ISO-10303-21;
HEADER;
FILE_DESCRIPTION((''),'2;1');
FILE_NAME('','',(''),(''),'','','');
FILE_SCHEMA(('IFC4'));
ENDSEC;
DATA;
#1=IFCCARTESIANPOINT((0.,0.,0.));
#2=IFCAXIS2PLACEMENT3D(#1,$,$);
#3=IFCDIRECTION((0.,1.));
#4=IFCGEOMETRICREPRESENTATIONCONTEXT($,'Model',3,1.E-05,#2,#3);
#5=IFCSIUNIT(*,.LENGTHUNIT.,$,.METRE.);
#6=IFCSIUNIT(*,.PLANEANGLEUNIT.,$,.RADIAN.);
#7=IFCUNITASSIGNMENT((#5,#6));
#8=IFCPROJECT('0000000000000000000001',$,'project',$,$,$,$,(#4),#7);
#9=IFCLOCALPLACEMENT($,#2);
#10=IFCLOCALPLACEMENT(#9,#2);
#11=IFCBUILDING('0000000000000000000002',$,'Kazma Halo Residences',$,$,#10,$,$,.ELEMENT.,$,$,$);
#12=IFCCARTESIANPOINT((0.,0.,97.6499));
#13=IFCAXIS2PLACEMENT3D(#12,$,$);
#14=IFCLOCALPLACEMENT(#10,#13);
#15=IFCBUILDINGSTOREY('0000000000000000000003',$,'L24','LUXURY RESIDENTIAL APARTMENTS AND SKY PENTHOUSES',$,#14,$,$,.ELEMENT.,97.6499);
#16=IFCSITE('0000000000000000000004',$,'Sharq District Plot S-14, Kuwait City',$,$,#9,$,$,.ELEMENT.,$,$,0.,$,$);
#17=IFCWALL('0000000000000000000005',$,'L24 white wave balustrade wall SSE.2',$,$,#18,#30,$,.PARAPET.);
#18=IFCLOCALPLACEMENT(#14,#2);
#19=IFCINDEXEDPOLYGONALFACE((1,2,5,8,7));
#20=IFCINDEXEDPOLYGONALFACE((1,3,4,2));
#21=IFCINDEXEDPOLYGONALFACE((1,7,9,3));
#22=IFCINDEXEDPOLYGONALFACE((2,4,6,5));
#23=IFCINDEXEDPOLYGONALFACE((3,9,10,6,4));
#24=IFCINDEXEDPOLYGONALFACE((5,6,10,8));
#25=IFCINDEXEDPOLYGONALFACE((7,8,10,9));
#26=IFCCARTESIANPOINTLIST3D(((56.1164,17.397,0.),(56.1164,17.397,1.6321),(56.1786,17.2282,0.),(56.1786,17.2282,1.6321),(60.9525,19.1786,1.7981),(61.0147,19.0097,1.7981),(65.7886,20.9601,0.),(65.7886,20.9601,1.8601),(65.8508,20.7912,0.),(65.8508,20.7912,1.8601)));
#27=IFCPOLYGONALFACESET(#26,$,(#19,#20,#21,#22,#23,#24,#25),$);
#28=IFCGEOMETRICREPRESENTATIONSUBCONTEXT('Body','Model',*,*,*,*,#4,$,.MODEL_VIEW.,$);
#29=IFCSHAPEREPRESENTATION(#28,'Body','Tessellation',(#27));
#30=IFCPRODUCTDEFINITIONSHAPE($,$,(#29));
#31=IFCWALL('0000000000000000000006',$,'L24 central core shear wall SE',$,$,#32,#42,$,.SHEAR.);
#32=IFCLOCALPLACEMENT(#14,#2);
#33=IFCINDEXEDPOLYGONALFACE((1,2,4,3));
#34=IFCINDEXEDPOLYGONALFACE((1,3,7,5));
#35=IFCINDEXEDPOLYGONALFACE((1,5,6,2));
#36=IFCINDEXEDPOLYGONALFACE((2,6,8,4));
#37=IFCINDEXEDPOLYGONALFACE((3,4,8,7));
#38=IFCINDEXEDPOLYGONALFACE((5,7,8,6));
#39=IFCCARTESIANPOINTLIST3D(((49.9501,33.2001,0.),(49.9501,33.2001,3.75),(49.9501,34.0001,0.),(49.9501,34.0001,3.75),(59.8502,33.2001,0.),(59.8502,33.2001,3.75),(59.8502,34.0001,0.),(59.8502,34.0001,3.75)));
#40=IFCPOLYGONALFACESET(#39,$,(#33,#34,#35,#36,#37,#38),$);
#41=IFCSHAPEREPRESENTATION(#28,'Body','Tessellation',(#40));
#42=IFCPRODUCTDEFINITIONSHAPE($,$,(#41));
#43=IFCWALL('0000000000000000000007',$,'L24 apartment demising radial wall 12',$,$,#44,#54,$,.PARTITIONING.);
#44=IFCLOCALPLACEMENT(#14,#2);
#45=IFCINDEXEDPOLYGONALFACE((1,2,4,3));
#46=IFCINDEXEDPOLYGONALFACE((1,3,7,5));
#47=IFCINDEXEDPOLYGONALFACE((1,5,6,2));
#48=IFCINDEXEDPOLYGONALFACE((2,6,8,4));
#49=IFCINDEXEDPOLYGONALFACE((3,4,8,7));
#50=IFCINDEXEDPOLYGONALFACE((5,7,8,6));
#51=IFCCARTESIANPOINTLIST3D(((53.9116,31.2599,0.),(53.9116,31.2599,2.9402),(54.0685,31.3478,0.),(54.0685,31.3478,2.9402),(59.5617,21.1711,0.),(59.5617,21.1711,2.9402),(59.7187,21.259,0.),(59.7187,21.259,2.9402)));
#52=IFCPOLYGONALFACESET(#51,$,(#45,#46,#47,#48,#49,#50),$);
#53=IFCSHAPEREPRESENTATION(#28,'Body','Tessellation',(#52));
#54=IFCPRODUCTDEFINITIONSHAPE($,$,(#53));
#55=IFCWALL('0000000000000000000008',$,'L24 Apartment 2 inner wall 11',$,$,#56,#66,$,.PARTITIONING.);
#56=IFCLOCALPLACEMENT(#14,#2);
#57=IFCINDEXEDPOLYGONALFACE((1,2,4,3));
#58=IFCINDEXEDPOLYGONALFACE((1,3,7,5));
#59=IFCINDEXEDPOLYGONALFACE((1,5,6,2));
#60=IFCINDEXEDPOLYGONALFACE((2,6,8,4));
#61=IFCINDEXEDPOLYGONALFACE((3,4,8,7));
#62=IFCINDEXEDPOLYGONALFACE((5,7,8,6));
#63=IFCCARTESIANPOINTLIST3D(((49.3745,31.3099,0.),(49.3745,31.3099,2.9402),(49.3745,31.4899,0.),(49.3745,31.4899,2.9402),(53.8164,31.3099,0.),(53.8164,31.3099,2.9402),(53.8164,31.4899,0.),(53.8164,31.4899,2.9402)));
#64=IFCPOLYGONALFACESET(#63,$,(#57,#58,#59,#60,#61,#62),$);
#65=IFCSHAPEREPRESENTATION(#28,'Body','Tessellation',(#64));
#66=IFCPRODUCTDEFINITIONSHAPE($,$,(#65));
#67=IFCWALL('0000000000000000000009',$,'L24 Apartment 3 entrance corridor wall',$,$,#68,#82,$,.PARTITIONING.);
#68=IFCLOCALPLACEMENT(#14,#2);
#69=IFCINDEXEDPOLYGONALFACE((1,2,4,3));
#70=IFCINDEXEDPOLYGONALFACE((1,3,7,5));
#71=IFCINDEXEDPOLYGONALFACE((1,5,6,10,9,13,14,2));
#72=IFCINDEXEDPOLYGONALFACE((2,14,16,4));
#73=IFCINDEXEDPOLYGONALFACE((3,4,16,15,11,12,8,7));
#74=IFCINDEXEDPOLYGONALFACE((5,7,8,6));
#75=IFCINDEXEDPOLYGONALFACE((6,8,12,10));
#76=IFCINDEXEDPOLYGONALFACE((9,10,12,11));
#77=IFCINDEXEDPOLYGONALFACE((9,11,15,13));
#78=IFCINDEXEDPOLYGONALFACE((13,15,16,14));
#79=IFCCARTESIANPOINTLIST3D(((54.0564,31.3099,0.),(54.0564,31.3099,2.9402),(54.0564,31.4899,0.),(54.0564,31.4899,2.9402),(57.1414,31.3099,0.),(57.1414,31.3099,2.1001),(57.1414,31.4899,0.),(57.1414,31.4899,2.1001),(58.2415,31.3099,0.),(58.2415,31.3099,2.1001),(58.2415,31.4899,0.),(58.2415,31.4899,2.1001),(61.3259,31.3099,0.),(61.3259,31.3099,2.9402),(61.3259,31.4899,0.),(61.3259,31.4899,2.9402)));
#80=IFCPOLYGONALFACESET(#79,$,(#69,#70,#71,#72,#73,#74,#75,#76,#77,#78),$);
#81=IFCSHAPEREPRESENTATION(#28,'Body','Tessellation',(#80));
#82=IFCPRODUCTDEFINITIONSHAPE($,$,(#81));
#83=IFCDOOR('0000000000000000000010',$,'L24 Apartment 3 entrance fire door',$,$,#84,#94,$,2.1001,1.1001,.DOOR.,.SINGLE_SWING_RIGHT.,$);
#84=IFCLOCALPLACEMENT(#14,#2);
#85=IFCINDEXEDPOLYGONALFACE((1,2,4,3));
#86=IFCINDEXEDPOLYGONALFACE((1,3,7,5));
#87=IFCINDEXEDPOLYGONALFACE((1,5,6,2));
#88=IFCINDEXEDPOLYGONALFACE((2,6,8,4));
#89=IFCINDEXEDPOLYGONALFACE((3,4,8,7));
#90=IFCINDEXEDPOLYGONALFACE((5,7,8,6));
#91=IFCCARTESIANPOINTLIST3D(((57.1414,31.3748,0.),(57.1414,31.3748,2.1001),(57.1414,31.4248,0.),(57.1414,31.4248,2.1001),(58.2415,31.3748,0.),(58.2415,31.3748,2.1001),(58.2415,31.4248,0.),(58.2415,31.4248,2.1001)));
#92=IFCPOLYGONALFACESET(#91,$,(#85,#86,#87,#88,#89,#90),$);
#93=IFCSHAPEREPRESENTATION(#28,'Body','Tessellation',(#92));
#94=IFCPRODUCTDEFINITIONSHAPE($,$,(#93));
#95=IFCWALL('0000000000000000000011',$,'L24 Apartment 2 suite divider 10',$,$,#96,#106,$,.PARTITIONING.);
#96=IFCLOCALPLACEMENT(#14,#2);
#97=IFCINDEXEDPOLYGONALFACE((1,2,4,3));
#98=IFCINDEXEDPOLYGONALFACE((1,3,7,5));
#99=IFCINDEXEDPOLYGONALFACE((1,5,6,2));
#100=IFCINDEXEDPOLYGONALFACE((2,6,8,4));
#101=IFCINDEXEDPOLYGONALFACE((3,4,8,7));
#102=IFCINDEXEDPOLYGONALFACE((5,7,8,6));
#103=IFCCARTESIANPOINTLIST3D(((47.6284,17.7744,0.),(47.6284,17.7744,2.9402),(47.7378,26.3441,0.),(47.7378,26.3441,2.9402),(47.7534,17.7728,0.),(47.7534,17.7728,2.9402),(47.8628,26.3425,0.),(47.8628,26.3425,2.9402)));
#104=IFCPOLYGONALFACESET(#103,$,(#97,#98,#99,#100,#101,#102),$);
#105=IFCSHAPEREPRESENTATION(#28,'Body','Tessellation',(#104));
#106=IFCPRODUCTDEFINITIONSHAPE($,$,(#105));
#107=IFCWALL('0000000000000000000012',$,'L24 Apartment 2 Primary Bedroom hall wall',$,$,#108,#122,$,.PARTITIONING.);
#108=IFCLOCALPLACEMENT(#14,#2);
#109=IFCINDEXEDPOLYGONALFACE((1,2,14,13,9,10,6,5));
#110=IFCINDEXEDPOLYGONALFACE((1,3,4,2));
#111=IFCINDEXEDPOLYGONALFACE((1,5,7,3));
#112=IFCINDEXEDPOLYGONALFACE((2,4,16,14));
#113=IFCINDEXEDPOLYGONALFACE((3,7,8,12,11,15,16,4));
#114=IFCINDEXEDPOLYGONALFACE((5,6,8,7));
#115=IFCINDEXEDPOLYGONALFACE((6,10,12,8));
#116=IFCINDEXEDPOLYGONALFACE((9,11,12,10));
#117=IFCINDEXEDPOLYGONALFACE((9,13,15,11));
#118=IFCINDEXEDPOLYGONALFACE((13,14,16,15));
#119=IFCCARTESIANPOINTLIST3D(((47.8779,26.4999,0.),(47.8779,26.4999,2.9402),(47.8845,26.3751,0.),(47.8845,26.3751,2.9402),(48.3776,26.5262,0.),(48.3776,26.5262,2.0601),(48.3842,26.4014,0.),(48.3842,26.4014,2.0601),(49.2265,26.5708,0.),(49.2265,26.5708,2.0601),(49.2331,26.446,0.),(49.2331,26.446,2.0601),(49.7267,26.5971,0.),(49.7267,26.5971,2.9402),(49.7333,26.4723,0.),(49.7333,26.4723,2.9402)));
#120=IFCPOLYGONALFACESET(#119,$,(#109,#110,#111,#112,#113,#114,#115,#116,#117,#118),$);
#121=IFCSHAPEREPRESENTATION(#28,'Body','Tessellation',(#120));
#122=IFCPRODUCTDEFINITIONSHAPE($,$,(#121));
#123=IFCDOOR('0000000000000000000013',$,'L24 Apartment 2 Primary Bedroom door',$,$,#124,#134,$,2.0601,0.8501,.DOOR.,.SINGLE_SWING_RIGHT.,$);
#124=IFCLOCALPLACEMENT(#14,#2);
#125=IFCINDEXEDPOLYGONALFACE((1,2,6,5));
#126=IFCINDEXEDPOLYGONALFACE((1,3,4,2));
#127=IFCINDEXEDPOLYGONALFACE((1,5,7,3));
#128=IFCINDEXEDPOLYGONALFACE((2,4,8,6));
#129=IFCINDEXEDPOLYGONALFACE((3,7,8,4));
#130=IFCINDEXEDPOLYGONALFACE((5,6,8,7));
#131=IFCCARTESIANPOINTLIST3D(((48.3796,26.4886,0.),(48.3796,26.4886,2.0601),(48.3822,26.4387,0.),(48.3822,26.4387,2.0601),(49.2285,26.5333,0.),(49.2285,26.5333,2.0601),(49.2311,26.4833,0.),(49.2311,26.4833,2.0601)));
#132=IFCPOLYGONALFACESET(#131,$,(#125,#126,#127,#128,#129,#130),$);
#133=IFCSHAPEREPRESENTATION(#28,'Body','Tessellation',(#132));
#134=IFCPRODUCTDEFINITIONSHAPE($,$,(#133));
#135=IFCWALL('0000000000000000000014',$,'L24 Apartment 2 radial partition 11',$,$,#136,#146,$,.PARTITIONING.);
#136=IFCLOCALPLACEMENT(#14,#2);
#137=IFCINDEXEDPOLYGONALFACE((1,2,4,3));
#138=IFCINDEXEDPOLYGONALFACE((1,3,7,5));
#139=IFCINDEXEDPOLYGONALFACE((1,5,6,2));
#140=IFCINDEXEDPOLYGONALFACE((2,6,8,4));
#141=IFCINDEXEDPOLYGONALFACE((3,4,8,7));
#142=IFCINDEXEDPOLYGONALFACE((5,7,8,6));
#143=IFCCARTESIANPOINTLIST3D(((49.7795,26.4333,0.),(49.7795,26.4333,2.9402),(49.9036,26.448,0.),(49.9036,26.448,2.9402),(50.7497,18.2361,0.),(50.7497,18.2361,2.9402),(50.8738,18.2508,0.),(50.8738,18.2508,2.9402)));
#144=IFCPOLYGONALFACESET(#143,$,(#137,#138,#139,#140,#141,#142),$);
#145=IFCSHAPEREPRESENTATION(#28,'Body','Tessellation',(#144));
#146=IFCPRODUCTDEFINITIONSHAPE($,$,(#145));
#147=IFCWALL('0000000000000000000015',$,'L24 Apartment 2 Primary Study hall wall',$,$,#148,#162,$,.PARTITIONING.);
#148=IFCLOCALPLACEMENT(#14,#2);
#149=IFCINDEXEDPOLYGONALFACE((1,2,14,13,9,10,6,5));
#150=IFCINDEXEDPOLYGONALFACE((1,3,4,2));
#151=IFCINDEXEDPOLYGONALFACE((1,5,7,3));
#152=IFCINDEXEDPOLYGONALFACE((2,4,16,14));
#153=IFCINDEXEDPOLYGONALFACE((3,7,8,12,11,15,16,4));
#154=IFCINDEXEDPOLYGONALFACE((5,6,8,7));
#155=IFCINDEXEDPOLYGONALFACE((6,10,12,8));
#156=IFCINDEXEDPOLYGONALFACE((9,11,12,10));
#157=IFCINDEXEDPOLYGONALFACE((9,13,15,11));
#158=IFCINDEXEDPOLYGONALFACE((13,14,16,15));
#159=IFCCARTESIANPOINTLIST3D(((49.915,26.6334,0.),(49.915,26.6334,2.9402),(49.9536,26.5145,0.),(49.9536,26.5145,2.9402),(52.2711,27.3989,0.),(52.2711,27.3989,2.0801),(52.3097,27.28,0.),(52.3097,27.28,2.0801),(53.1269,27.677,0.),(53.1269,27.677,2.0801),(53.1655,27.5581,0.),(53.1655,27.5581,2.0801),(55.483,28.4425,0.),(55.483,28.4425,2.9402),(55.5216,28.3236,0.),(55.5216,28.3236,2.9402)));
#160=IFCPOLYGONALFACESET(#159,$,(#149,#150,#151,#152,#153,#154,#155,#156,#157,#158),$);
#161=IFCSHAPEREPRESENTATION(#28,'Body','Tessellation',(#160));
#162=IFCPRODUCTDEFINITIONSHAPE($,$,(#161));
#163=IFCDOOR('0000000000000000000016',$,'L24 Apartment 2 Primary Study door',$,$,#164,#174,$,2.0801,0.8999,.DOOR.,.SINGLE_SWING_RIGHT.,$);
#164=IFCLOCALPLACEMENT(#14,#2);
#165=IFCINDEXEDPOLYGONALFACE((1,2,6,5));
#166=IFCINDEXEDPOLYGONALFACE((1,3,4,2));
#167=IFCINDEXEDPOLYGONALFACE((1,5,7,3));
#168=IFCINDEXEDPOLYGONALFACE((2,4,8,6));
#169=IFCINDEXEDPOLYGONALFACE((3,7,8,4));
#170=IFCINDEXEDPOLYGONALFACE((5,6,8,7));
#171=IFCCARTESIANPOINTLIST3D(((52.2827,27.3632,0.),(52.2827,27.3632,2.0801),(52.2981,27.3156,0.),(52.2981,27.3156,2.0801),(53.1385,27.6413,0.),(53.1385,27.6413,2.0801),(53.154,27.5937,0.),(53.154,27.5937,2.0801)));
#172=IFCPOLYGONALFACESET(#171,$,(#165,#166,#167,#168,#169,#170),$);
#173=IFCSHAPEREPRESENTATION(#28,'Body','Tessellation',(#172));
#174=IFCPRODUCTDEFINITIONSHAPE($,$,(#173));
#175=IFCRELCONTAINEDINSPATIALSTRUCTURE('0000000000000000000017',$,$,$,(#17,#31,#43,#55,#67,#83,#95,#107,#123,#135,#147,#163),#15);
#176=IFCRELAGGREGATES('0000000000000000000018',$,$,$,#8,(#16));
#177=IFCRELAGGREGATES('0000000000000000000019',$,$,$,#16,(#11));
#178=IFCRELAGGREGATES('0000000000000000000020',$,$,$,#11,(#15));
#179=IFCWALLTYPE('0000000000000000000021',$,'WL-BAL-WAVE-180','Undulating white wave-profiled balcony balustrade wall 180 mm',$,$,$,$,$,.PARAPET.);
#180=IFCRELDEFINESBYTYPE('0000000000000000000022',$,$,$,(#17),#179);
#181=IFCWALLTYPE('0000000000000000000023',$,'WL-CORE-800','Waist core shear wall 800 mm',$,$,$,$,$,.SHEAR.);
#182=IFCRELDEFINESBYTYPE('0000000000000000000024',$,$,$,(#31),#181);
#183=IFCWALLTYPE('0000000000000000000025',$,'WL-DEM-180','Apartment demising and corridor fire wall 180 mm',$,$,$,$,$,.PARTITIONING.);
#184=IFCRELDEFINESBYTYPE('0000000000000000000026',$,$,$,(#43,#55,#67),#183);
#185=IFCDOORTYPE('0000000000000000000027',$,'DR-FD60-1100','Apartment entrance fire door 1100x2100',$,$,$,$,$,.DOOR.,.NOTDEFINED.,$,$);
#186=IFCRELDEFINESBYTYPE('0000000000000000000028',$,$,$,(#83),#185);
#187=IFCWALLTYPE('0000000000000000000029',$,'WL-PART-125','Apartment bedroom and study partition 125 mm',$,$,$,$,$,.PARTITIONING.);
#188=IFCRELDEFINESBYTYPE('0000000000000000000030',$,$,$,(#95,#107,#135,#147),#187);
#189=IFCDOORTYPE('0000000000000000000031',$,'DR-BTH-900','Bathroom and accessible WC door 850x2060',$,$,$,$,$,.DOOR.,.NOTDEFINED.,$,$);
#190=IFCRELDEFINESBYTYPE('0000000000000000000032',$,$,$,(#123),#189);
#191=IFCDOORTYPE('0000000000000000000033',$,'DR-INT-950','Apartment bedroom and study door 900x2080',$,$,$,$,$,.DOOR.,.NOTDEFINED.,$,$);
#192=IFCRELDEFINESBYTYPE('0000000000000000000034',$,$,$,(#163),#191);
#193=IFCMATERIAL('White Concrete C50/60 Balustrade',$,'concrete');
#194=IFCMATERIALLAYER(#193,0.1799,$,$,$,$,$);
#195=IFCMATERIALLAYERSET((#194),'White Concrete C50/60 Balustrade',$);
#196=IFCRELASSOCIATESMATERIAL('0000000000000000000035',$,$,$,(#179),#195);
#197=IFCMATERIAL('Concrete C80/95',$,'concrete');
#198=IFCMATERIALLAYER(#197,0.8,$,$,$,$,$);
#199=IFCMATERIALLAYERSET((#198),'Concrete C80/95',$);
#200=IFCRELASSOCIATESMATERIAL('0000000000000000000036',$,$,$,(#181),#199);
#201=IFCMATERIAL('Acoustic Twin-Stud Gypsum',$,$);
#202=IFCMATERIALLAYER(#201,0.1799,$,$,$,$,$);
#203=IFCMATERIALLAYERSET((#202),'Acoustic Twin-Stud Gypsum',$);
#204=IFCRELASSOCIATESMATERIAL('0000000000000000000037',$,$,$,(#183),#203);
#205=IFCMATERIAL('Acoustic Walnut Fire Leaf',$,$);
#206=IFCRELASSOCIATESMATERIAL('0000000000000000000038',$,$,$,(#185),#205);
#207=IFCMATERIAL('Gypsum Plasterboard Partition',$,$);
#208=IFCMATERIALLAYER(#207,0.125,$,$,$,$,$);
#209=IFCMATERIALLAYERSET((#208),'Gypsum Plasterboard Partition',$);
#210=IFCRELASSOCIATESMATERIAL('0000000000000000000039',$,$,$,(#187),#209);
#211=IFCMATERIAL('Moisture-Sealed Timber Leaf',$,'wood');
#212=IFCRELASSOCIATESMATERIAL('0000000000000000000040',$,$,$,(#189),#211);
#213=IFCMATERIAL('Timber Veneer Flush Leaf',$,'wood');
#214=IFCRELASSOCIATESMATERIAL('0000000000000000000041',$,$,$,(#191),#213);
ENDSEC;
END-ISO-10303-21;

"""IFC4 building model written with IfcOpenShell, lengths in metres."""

from ifc_helpers import new_model, si_unit, direction, frame, frame_2d, origin, place, context, subcontext, project, spatial, polyline, rectangle, outline, extrude, material, layer, layer_set, type_object, element, fill, save


model = new_model("IFC4")

# Units and contexts
model_context = context("Model", 3, precision=1e-05, world=origin(), true_north=direction((0.0, 1.0)))
body_context = subcontext(model_context, "Body", "Model", "MODEL_VIEW")
ifc_project = project(units=[si_unit("LENGTHUNIT", "METRE"), si_unit("PLANEANGLEUNIT", "RADIAN")], contexts=[model_context])

# Site, building, storey
site_placement = place(None, origin())
site = spatial("IfcSite", under=ifc_project, at=site_placement, Name="Sharq District Plot S-14, Kuwait City", CompositionType="ELEMENT", RefElevation=0.0)
building_placement = place(site_placement, origin())
building = spatial("IfcBuilding", under=site, at=building_placement, Name="Kazma Halo Residences", CompositionType="ELEMENT")
storey_placement = place(building_placement, frame((0.0, 0.0, 97.6499)))
storey = spatial("IfcBuildingStorey", under=building, at=storey_placement, Name="L24", Description="LUXURY RESIDENTIAL APARTMENTS AND SKY PENTHOUSES", CompositionType="ELEMENT", Elevation=97.6499)

# Shared definitions
ifc_material_1 = material(Name="Concrete C80/95", Category="concrete")

# Walls
ifc_material_2 = material(Name="White Concrete C50/60 Balustrade", Category="concrete")
ifc_layer_1 = layer(ifc_material_2, 0.1799)
ifc_layer_set_1 = layer_set([ifc_layer_1], Name="White Concrete C50/60 Balustrade")
wall_type_1 = type_object("IfcWallType", Name="WL-BAL-WAVE-180", Description="Undulating white wave-profiled balcony balustrade wall 180 mm", PredefinedType="PARAPET", material=ifc_layer_set_1)
wall_1_placement = place(storey_placement, frame((56.1475, 17.3127, 0.0), z_axis=(0.0, 0.0, 1.0), x_axis=(0.938356, 0.345669, 0.0)))
element("IfcWall", 1, at=wall_1_placement, inside=storey, type_object=wall_type_1, Name="L24 white wave balustrade wall SSE.2", PredefinedType="PARAPET", context=body_context, shape_type="SweptSolid", body=[
    extrude(outline(polyline([(0.0, 0.0), (10.3076, 0.0), (10.3076, 1.8601), (5.1538, 1.7981), (0.0, 1.6321), (0.0, 0.0)])), frame((0.0, 0.0898, 0.0), z_axis=(0.0, -1.0, 0.0), x_axis=(1.0, 0.0, 0.0)), (0.0, 0.0, 1.0), 0.1799),
])
ifc_layer_2 = layer(ifc_material_1, 0.8)
ifc_layer_set_2 = layer_set([ifc_layer_2], Name="Concrete C80/95")
wall_type_2 = type_object("IfcWallType", Name="WL-CORE-800", Description="Waist core shear wall 800 mm", PredefinedType="SHEAR", material=ifc_layer_set_2)
wall_2_placement = place(storey_placement, frame((49.95, 33.6001, 0.0), z_axis=(0.0, 0.0, 1.0), x_axis=(1.0, 0.0, 0.0)))
element("IfcWall", 2, at=wall_2_placement, inside=storey, type_object=wall_type_2, Name="L24 central core shear wall SE", PredefinedType="SHEAR", context=body_context, shape_type="SweptSolid", body=[
    extrude(rectangle(XDim=9.9001, YDim=0.8, at=frame_2d((4.9502, 0.0))), origin(), (0.0, 0.0, 1.0), 3.75),
])
ifc_material_3 = material(Name="Acoustic Twin-Stud Gypsum")
ifc_layer_3 = layer(ifc_material_3, 0.1799)
ifc_layer_set_3 = layer_set([ifc_layer_3], Name="Acoustic Twin-Stud Gypsum")
wall_type_3 = type_object("IfcWallType", Name="WL-DEM-180", Description="Apartment demising and corridor fire wall 180 mm", PredefinedType="PARTITIONING", material=ifc_layer_set_3)
wall_3_placement = place(storey_placement, frame((53.99, 31.304, 0.0), z_axis=(0.0, 0.0, 1.0), x_axis=(0.488628, -0.872492, 0.0)))
element("IfcWall", 3, at=wall_3_placement, inside=storey, type_object=wall_type_3, Name="L24 apartment demising radial wall 12", PredefinedType="PARTITIONING", context=body_context, shape_type="SweptSolid", body=[
    extrude(rectangle(XDim=11.5632, YDim=0.1799, at=frame_2d((5.7817, 0.0))), origin(), (0.0, 0.0, 1.0), 2.9402),
])
wall_4_placement = place(storey_placement, frame((49.3745, 31.3999, 0.0), z_axis=(0.0, 0.0, 1.0), x_axis=(1.0, 0.0, 0.0)))
element("IfcWall", 4, at=wall_4_placement, inside=storey, type_object=wall_type_3, Name="L24 Apartment 2 inner wall 11", PredefinedType="PARTITIONING", context=body_context, shape_type="SweptSolid", body=[
    extrude(rectangle(XDim=4.4419, YDim=0.1799, at=frame_2d((2.2209, 0.0))), origin(), (0.0, 0.0, 1.0), 2.9402),
])

# Wall, opening, door
wall_5_placement = place(storey_placement, frame((54.0564, 31.3999, 0.0), z_axis=(0.0, 0.0, 1.0), x_axis=(1.0, 0.0, 0.0)))
wall_5 = element("IfcWall", 5, at=wall_5_placement, inside=storey, type_object=wall_type_3, Name="L24 Apartment 3 entrance corridor wall", PredefinedType="PARTITIONING", context=body_context, shape_type="SweptSolid", body=[
    extrude(rectangle(XDim=7.2695, YDim=0.1799, at=frame_2d((3.6348, 0.0))), origin(), (0.0, 0.0, 1.0), 2.9402),
])
opening_1_placement = place(wall_5_placement, frame((3.085, 0.0, 0.0)))
opening_1 = element("IfcOpeningElement", 6, at=opening_1_placement, cuts=wall_5, PredefinedType="OPENING", context=body_context, shape_type="SweptSolid", body=[
    extrude(rectangle(XDim=1.1001, YDim=2.1001, at=frame_2d((0.55, 1.05))), frame((0.0, 0.0999, 0.0), z_axis=(0.0, -1.0, 0.0), x_axis=(1.0, 0.0, 0.0)), (0.0, 0.0, 1.0), 0.2),
])
ifc_material_4 = material(Name="Acoustic Walnut Fire Leaf")
door_type_1 = type_object("IfcDoorType", Name="DR-FD60-1100", Description="Apartment entrance fire door 1100x2100", OperationType="NOTDEFINED", PredefinedType="DOOR", material=ifc_material_4)
door_1_placement = place(opening_1_placement, origin())
door_1 = element("IfcDoor", 7, at=door_1_placement, inside=storey, type_object=door_type_1, Name="L24 Apartment 3 entrance fire door", OperationType="SINGLE_SWING_RIGHT", OverallHeight=2.1001, OverallWidth=1.1001, PredefinedType="DOOR", context=body_context, shape_type="SweptSolid", body=[
    extrude(rectangle(XDim=1.1001, YDim=2.1001, at=frame_2d((0.55, 1.05))), frame((0.0, 0.0249, 0.0), z_axis=(0.0, -1.0, 0.0), x_axis=(1.0, 0.0, 0.0)), (0.0, 0.0, 1.0), 0.05),
])
fill(opening_1, door_1)

# Wall
ifc_material_5 = material(Name="Gypsum Plasterboard Partition")
ifc_layer_4 = layer(ifc_material_5, 0.125)
ifc_layer_set_4 = layer_set([ifc_layer_4], Name="Gypsum Plasterboard Partition")
wall_type_4 = type_object("IfcWallType", Name="WL-PART-125", Description="Apartment bedroom and study partition 125 mm", PredefinedType="PARTITIONING", material=ifc_layer_set_4)
wall_6_placement = place(storey_placement, frame((47.8003, 26.3433, 0.0), z_axis=(0.0, 0.0, 1.0), x_axis=(-0.012762, -0.999919, 0.0)))
element("IfcWall", 8, at=wall_6_placement, inside=storey, type_object=wall_type_4, Name="L24 Apartment 2 suite divider 10", PredefinedType="PARTITIONING", context=body_context, shape_type="SweptSolid", body=[
    extrude(rectangle(XDim=8.5703, YDim=0.125, at=frame_2d((4.2852, 0.0))), origin(), (0.0, 0.0, 1.0), 2.9402),
])

# Wall, opening, door
wall_7_placement = place(storey_placement, frame((47.8811, 26.4375, 0.0), z_axis=(0.0, 0.0, 1.0), x_axis=(0.998622, 0.052483, 0.0)))
wall_7 = element("IfcWall", 9, at=wall_7_placement, inside=storey, type_object=wall_type_4, Name="L24 Apartment 2 Primary Bedroom hall wall", PredefinedType="PARTITIONING", context=body_context, shape_type="SweptSolid", body=[
    extrude(rectangle(XDim=1.8513, YDim=0.125, at=frame_2d((0.9258, 0.0))), origin(), (0.0, 0.0, 1.0), 2.9402),
])
opening_2_placement = place(wall_7_placement, frame((0.5005, 0.0, 0.0)))
opening_2 = element("IfcOpeningElement", 10, at=opening_2_placement, cuts=wall_7, PredefinedType="OPENING", context=body_context, shape_type="SweptSolid", body=[
    extrude(rectangle(XDim=0.8501, YDim=2.0601, at=frame_2d((0.425, 1.03))), frame((0.0, 0.0725, 0.0), z_axis=(0.0, -1.0, 0.0), x_axis=(1.0, 0.0, 0.0)), (0.0, 0.0, 1.0), 0.145),
])
ifc_material_6 = material(Name="Moisture-Sealed Timber Leaf", Category="wood")
door_type_2 = type_object("IfcDoorType", Name="DR-BTH-900", Description="Bathroom and accessible WC door 850x2060", OperationType="NOTDEFINED", PredefinedType="DOOR", material=ifc_material_6)
door_2_placement = place(opening_2_placement, origin())
door_2 = element("IfcDoor", 11, at=door_2_placement, inside=storey, type_object=door_type_2, Name="L24 Apartment 2 Primary Bedroom door", OperationType="SINGLE_SWING_RIGHT", OverallHeight=2.0601, OverallWidth=0.8501, PredefinedType="DOOR", context=body_context, shape_type="SweptSolid", body=[
    extrude(rectangle(XDim=0.8501, YDim=2.0601, at=frame_2d((0.425, 1.03))), frame((0.0, 0.0249, 0.0), z_axis=(0.0, -1.0, 0.0), x_axis=(1.0, 0.0, 0.0)), (0.0, 0.0, 1.0), 0.05),
])
fill(opening_2, door_2)

# Wall
wall_8_placement = place(storey_placement, frame((49.8416, 26.4407, 0.0), z_axis=(0.0, 0.0, 1.0), x_axis=(0.117538, -0.993068, 0.0)))
element("IfcWall", 12, at=wall_8_placement, inside=storey, type_object=wall_type_4, Name="L24 Apartment 2 radial partition 11", PredefinedType="PARTITIONING", context=body_context, shape_type="SweptSolid", body=[
    extrude(rectangle(XDim=8.2544, YDim=0.125, at=frame_2d((4.1272, 0.0))), origin(), (0.0, 0.0, 1.0), 2.9402),
])

# Wall, opening, door
wall_9_placement = place(storey_placement, frame((49.9343, 26.574, 0.0), z_axis=(0.0, 0.0, 1.0), x_axis=(0.951058, 0.309013, 0.0)))
wall_9 = element("IfcWall", 13, at=wall_9_placement, inside=storey, type_object=wall_type_4, Name="L24 Apartment 2 Primary Study hall wall", PredefinedType="PARTITIONING", context=body_context, shape_type="SweptSolid", body=[
    extrude(rectangle(XDim=5.8545, YDim=0.125, at=frame_2d((2.9272, 0.0))), origin(), (0.0, 0.0, 1.0), 2.9402),
])
opening_3_placement = place(wall_9_placement, frame((2.4773, 0.0, 0.0)))
opening_3 = element("IfcOpeningElement", 14, at=opening_3_placement, cuts=wall_9, PredefinedType="OPENING", context=body_context, shape_type="SweptSolid", body=[
    extrude(rectangle(XDim=0.8999, YDim=2.0801, at=frame_2d((0.45, 1.04))), frame((0.0, 0.0725, 0.0), z_axis=(0.0, -1.0, 0.0), x_axis=(1.0, 0.0, 0.0)), (0.0, 0.0, 1.0), 0.145),
])
ifc_material_7 = material(Name="Timber Veneer Flush Leaf", Category="wood")
door_type_3 = type_object("IfcDoorType", Name="DR-INT-950", Description="Apartment bedroom and study door 900x2080", OperationType="NOTDEFINED", PredefinedType="DOOR", material=ifc_material_7)
door_3_placement = place(opening_3_placement, origin())
door_3 = element("IfcDoor", 15, at=door_3_placement, inside=storey, type_object=door_type_3, Name="L24 Apartment 2 Primary Study door", OperationType="SINGLE_SWING_RIGHT", OverallHeight=2.0801, OverallWidth=0.8999, PredefinedType="DOOR", context=body_context, shape_type="SweptSolid", body=[
    extrude(rectangle(XDim=0.8999, YDim=2.0801, at=frame_2d((0.45, 1.04))), frame((0.0, 0.0249, 0.0), z_axis=(0.0, -1.0, 0.0), x_axis=(1.0, 0.0, 0.0)), (0.0, 0.0, 1.0), 0.05),
])
fill(opening_3, door_3)

save(model, "model.ifc")
